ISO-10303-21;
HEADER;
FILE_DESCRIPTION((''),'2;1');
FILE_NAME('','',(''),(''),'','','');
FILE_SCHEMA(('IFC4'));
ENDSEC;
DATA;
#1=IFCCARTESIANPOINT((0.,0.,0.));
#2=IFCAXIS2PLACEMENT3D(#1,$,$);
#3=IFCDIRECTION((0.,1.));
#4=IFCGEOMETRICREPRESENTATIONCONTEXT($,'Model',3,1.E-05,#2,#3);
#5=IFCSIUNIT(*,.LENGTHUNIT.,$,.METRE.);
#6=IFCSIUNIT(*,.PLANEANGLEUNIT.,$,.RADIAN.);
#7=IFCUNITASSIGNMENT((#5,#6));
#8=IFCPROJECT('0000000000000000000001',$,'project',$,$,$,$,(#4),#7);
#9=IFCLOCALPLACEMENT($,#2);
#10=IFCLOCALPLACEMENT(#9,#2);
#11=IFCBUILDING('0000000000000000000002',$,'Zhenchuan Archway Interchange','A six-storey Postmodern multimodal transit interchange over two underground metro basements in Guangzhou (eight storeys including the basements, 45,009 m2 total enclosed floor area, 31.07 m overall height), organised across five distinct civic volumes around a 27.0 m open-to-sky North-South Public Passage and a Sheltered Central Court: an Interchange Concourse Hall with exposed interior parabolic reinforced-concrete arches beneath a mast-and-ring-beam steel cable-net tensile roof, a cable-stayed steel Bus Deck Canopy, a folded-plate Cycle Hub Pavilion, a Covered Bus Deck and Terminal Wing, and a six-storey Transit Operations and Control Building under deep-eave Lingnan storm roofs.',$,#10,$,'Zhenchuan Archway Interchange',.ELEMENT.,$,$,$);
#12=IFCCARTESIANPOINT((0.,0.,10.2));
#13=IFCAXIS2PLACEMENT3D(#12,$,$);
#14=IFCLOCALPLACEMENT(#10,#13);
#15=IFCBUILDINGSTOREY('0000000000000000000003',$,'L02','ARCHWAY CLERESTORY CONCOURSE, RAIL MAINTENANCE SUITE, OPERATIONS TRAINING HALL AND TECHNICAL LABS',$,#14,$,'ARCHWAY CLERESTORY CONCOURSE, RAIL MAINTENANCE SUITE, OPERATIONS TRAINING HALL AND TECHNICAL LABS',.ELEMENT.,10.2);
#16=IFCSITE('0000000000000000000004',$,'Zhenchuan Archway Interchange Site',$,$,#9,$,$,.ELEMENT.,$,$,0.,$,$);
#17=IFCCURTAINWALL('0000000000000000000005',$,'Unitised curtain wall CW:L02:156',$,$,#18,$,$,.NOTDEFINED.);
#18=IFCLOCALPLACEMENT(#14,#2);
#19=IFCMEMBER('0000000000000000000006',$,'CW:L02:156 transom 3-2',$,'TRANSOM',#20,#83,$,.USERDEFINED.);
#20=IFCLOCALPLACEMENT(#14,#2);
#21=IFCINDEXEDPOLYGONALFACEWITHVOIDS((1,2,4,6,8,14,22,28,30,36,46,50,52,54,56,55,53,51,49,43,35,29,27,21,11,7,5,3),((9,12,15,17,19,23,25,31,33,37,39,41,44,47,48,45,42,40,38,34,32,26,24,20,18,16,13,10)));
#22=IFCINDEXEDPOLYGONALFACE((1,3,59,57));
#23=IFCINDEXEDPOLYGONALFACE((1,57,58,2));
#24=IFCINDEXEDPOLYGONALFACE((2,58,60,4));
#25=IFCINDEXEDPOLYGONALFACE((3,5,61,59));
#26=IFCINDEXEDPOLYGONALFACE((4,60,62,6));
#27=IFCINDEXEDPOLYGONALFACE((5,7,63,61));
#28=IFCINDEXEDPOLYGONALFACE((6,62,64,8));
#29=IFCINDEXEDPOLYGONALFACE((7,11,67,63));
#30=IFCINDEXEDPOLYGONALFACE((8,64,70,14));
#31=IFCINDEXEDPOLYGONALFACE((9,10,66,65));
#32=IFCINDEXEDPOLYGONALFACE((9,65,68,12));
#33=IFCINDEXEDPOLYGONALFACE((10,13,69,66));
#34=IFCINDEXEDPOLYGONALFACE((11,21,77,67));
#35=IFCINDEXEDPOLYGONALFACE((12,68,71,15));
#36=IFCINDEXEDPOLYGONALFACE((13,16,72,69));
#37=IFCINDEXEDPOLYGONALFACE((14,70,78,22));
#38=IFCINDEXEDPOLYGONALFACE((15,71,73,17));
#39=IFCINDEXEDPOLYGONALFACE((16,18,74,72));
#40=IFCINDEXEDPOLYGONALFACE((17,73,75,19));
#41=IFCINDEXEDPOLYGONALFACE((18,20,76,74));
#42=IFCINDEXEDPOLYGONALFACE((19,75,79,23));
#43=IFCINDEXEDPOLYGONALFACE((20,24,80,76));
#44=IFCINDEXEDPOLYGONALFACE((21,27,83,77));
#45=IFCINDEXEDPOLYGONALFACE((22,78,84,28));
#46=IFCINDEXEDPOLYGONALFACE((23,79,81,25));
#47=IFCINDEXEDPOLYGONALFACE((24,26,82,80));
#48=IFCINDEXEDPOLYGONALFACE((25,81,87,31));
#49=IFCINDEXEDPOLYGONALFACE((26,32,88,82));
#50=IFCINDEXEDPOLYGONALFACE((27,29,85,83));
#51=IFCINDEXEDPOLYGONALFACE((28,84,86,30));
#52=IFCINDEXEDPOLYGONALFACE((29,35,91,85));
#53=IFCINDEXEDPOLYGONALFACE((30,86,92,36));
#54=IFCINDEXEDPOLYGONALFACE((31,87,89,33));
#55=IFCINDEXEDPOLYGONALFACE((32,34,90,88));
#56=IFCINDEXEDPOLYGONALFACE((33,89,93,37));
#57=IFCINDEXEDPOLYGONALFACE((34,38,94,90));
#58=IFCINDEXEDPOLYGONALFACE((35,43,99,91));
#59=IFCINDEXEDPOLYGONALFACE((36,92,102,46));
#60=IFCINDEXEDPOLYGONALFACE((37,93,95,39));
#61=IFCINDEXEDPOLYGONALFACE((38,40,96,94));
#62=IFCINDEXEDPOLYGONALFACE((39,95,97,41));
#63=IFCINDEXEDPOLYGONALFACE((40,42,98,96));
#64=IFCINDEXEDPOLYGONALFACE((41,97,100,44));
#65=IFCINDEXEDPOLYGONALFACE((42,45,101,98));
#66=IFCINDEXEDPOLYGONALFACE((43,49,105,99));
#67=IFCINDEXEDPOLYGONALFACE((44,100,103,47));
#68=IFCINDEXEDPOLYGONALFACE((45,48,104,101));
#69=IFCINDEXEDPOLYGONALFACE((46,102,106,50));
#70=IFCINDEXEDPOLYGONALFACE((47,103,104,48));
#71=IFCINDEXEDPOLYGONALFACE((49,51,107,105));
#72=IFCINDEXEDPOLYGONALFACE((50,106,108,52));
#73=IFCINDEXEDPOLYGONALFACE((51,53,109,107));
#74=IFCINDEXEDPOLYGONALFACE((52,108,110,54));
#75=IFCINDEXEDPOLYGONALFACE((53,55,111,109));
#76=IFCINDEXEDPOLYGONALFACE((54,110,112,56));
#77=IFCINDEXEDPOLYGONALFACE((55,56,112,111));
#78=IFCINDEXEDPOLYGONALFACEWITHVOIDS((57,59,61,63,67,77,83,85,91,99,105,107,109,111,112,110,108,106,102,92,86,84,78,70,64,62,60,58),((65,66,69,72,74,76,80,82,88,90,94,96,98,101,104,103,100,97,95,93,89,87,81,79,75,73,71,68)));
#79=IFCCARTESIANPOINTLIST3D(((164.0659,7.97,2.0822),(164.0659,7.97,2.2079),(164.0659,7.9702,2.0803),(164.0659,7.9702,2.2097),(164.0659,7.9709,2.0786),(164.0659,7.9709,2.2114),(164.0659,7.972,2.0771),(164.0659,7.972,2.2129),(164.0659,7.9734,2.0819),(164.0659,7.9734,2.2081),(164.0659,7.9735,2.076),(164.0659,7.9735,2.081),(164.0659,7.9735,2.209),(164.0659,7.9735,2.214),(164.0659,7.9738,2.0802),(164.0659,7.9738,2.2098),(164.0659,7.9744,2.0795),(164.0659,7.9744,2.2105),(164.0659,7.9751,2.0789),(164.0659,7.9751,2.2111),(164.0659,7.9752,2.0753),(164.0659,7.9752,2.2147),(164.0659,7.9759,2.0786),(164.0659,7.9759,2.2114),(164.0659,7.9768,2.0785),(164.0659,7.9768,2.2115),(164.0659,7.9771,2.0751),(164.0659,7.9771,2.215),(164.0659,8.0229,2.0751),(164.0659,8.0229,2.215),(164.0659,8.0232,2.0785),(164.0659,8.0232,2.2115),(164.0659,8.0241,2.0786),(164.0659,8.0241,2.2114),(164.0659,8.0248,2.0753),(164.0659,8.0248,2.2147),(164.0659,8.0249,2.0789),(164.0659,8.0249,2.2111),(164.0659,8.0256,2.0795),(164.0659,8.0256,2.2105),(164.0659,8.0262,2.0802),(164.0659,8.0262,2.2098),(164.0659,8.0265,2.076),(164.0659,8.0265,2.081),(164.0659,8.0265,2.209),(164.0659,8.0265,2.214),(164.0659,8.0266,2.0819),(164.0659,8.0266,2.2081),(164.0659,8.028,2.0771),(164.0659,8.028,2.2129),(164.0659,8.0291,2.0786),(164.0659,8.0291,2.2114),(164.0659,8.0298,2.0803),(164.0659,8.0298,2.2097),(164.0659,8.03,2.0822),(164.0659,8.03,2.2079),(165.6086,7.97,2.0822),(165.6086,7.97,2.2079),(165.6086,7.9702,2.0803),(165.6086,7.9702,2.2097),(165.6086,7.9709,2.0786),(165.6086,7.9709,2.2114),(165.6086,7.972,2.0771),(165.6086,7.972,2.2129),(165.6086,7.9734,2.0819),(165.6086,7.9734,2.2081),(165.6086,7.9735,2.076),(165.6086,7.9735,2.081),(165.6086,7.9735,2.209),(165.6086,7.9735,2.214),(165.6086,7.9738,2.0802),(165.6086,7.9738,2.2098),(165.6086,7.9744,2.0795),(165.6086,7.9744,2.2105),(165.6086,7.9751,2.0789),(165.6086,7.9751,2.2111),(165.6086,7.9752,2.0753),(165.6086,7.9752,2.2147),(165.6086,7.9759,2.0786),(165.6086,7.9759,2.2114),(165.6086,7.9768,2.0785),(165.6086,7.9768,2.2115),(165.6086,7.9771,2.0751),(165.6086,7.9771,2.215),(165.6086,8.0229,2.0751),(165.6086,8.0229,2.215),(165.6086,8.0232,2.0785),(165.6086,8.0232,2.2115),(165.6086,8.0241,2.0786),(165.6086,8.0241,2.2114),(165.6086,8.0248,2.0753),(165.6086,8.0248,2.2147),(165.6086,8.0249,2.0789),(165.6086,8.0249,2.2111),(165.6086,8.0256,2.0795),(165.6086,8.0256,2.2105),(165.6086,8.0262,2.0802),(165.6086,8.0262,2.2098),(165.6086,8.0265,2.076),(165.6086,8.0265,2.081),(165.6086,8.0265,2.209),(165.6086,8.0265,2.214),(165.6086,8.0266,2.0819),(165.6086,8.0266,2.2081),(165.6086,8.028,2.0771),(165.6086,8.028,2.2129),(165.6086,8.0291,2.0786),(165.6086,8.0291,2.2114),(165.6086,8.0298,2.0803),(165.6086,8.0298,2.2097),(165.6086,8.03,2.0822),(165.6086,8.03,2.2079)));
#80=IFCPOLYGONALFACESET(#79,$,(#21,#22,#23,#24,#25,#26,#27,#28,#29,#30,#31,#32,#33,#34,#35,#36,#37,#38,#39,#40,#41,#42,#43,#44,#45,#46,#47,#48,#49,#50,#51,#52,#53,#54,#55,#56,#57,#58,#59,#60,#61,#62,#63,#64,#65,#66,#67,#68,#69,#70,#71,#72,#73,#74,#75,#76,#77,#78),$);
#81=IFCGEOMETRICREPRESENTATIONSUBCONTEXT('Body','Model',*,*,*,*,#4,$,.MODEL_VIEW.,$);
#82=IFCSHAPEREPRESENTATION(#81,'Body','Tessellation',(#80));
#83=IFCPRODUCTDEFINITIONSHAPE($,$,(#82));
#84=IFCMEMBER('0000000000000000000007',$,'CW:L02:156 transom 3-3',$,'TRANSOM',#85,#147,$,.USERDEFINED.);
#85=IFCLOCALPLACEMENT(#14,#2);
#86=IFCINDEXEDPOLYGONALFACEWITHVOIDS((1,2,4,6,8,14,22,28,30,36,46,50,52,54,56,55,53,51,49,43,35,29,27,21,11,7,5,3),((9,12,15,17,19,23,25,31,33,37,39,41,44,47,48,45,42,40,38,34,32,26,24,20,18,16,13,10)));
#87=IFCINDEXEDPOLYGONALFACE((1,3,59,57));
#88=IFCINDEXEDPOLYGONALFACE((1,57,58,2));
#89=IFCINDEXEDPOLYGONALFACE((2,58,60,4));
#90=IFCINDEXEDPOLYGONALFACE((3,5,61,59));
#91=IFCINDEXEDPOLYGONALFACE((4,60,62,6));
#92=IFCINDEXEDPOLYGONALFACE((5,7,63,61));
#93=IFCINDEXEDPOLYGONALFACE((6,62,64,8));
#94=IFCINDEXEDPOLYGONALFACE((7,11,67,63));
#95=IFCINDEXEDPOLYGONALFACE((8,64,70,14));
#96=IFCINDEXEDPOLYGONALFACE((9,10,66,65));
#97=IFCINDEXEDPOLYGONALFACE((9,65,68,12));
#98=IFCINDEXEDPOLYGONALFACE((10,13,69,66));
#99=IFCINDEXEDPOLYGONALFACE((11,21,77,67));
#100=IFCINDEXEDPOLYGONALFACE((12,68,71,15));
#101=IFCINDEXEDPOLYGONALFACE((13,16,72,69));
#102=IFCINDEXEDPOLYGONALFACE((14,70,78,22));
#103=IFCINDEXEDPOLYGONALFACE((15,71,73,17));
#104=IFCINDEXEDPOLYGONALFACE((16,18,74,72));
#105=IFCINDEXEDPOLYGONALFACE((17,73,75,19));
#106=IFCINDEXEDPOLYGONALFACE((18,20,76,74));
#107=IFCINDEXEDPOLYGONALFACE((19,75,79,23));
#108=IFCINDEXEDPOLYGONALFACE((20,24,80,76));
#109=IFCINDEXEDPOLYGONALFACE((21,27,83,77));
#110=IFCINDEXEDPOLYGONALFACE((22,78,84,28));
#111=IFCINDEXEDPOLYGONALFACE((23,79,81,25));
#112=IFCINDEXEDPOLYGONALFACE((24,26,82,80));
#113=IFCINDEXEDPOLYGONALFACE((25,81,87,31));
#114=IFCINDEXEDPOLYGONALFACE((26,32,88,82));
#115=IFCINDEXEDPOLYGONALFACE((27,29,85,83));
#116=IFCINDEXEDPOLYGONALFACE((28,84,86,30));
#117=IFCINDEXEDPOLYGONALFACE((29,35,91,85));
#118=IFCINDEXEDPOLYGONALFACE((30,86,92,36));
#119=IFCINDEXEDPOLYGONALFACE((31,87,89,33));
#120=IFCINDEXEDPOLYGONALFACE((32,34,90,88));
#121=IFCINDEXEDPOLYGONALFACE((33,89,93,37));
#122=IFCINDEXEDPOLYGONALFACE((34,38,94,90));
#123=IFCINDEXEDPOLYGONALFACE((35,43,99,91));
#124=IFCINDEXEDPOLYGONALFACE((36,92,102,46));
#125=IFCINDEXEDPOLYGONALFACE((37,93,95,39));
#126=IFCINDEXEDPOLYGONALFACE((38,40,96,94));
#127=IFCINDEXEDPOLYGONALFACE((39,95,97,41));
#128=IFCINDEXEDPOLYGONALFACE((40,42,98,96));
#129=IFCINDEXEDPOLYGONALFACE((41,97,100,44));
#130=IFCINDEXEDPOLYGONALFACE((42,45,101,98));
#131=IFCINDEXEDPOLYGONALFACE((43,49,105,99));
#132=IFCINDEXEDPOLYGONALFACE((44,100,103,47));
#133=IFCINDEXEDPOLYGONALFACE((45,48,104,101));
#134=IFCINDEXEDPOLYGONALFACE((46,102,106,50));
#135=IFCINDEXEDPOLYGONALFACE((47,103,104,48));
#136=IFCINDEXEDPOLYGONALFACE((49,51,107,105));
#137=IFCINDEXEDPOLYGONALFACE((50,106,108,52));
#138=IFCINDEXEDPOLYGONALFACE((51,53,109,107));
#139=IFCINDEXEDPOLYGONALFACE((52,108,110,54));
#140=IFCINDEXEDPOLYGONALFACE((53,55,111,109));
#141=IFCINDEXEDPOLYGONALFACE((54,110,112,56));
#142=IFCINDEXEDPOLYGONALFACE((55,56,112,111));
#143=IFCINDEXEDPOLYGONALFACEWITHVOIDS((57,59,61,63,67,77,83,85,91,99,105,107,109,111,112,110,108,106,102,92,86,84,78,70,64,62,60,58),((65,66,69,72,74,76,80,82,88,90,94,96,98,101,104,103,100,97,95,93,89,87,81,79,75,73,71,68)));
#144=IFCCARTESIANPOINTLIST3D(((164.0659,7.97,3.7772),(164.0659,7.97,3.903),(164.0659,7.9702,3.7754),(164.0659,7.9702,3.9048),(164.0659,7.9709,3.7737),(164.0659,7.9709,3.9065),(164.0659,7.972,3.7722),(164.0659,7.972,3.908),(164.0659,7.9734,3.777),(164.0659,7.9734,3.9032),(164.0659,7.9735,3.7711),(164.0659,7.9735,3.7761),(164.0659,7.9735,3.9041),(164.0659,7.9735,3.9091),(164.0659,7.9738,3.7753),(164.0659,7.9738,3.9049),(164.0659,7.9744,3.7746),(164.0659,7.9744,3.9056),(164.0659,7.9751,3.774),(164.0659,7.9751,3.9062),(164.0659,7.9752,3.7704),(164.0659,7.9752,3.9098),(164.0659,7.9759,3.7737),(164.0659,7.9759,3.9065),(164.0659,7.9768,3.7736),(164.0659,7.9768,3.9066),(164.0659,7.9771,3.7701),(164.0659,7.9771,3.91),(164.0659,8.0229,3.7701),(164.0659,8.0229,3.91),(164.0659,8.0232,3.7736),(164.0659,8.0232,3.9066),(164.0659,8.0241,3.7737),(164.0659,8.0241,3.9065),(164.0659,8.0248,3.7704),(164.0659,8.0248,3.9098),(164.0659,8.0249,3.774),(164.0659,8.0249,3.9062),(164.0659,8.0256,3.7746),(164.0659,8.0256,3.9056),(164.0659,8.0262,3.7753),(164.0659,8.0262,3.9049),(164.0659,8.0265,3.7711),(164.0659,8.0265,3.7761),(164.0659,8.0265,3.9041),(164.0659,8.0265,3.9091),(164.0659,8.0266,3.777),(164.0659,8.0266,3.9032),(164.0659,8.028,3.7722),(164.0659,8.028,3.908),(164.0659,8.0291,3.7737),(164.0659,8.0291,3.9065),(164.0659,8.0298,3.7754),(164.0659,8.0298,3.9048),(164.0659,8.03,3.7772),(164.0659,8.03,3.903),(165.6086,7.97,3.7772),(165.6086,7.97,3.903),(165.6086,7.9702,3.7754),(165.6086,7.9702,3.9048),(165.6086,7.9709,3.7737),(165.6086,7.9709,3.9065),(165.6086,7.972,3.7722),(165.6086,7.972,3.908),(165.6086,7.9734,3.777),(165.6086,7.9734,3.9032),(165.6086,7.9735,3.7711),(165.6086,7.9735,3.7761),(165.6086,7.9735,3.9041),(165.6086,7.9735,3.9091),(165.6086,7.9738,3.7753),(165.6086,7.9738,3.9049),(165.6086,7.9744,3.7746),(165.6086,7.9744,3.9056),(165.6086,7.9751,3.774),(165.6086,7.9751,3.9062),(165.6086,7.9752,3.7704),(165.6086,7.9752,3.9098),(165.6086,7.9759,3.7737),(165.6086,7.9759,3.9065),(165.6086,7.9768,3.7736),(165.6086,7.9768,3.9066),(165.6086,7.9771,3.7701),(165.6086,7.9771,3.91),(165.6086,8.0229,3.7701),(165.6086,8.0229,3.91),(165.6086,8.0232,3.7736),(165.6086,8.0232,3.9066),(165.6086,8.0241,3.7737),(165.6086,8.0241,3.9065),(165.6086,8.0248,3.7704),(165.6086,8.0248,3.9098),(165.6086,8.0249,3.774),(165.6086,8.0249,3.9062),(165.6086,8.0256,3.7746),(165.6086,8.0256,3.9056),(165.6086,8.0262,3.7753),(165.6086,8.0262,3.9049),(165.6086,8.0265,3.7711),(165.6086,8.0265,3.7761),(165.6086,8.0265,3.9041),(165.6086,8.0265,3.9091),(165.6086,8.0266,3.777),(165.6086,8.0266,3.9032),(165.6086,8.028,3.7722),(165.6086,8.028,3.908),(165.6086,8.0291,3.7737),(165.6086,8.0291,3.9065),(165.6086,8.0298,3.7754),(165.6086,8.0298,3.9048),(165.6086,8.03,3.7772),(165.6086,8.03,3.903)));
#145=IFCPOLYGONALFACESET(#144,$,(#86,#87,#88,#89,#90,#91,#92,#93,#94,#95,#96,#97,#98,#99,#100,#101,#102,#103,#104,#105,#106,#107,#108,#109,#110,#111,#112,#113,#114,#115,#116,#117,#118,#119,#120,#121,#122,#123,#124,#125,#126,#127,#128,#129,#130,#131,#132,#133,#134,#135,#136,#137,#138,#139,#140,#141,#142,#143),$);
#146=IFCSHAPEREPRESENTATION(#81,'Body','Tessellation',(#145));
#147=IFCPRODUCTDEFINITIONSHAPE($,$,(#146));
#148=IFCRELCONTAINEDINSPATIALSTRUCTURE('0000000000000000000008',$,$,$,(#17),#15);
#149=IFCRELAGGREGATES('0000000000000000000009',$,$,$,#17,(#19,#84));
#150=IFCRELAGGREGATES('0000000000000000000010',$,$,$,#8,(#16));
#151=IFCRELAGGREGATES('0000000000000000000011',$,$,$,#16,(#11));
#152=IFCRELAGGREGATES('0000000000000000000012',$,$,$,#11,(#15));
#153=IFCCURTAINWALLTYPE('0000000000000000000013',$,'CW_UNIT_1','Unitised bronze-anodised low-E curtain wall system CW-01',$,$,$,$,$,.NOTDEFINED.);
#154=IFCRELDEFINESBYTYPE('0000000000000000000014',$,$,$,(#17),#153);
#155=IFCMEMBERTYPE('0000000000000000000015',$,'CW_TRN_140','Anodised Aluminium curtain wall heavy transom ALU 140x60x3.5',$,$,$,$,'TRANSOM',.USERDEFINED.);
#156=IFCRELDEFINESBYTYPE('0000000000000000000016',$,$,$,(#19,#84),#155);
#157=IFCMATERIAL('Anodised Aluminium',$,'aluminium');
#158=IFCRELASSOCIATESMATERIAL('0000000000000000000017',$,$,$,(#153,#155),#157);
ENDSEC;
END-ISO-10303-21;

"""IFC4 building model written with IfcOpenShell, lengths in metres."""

from ifc_helpers import new_model, si_unit, direction, frame, origin, origin_2d, place, context, subcontext, project, spatial, hollow_rectangle, extrude, material, material_profile, profile_set, type_object, element, aggregate, save


model = new_model("IFC4")

# Units and contexts
model_context = context("Model", 3, precision=1e-05, world=origin(), true_north=direction((0.0, 1.0)))
body_context = subcontext(model_context, "Body", "Model", "MODEL_VIEW")
ifc_project = project(units=[si_unit("LENGTHUNIT", "METRE"), si_unit("PLANEANGLEUNIT", "RADIAN")], contexts=[model_context])

# Site, building, storey
site_placement = place(None, origin())
site = spatial("IfcSite", under=ifc_project, at=site_placement, Name="Zhenchuan Archway Interchange Site", CompositionType="ELEMENT", RefElevation=0.0)
building_placement = place(site_placement, origin())
building = spatial("IfcBuilding", under=site, at=building_placement, Name="Zhenchuan Archway Interchange", Description="A six-storey Postmodern multimodal transit interchange over two underground metro basements in Guangzhou (eight storeys including the basements, 45,009 m2 total enclosed floor area, 31.07 m overall height), organised across five distinct civic volumes around a 27.0 m open-to-sky North-South Public Passage and a Sheltered Central Court: an Interchange Concourse Hall with exposed interior parabolic reinforced-concrete arches beneath a mast-and-ring-beam steel cable-net tensile roof, a cable-stayed steel Bus Deck Canopy, a folded-plate Cycle Hub Pavilion, a Covered Bus Deck and Terminal Wing, and a six-storey Transit Operations and Control Building under deep-eave Lingnan storm roofs.", LongName="Zhenchuan Archway Interchange", CompositionType="ELEMENT")
storey_placement = place(building_placement, frame((0.0, 0.0, 10.2)))
storey = spatial("IfcBuildingStorey", under=building, at=storey_placement, Name="L02", Description="ARCHWAY CLERESTORY CONCOURSE, RAIL MAINTENANCE SUITE, OPERATIONS TRAINING HALL AND TECHNICAL LABS", LongName="ARCHWAY CLERESTORY CONCOURSE, RAIL MAINTENANCE SUITE, OPERATIONS TRAINING HALL AND TECHNICAL LABS", CompositionType="ELEMENT", Elevation=10.2)

# Curtain wall, members
ifc_material_1 = material(Name="Anodised Aluminium", Category="aluminium")
curtain_wall_type = type_object("IfcCurtainWallType", Name="CW_UNIT_1", Description="Unitised bronze-anodised low-E curtain wall system CW-01", PredefinedType="NOTDEFINED", material=ifc_material_1)
curtain_wall_placement = place(storey_placement, origin())
curtain_wall = element("IfcCurtainWall", 1, at=curtain_wall_placement, inside=storey, type_object=curtain_wall_type, Name="Unitised curtain wall CW:L02:156", PredefinedType="NOTDEFINED")
ifc_material_profile_1 = material_profile(ifc_material_1, hollow_rectangle(XDim=0.0601, YDim=0.1399, WallThickness=0.0034, InnerFilletRadius=0.0034, OuterFilletRadius=0.0071, at=origin_2d()), Name="ALU 140x60x3.5")
ifc_profile_set_1 = profile_set([ifc_material_profile_1], Name="Anodised Aluminium")
member_type_1 = type_object("IfcMemberType", Name="CW_TRN_140", Description="Anodised Aluminium curtain wall heavy transom ALU 140x60x3.5", ElementType="TRANSOM", PredefinedType="USERDEFINED", material=ifc_profile_set_1)
member_1_placement = place(storey_placement, frame((165.6086, 8.0, 2.145), z_axis=(-1.0, 0.0, 0.0), x_axis=(0.0, -1.0, 0.0)))
member_1 = element("IfcMember", 2, at=member_1_placement, type_object=member_type_1, Name="CW:L02:156 transom 3-2", ObjectType="TRANSOM", PredefinedType="USERDEFINED", context=body_context, shape_type="SweptSolid", body=[
    extrude(hollow_rectangle(XDim=0.0601, YDim=0.1399, WallThickness=0.0034, InnerFilletRadius=0.0034, OuterFilletRadius=0.0071, at=origin_2d()), origin(), (0.0, 0.0, 1.0), 1.5427),
])
member_2_placement = place(storey_placement, frame((165.6086, 8.0, 3.8401), z_axis=(-1.0, 0.0, 0.0), x_axis=(0.0, -1.0, 0.0)))
member_2 = element("IfcMember", 3, at=member_2_placement, type_object=member_type_1, Name="CW:L02:156 transom 3-3", ObjectType="TRANSOM", PredefinedType="USERDEFINED", context=body_context, shape_type="SweptSolid", body=[
    extrude(hollow_rectangle(XDim=0.0601, YDim=0.1399, WallThickness=0.0034, InnerFilletRadius=0.0034, OuterFilletRadius=0.0071, at=origin_2d()), origin(), (0.0, 0.0, 1.0), 1.5427),
])

aggregate(curtain_wall, [member_1, member_2])

save(model, "model.ifc")
